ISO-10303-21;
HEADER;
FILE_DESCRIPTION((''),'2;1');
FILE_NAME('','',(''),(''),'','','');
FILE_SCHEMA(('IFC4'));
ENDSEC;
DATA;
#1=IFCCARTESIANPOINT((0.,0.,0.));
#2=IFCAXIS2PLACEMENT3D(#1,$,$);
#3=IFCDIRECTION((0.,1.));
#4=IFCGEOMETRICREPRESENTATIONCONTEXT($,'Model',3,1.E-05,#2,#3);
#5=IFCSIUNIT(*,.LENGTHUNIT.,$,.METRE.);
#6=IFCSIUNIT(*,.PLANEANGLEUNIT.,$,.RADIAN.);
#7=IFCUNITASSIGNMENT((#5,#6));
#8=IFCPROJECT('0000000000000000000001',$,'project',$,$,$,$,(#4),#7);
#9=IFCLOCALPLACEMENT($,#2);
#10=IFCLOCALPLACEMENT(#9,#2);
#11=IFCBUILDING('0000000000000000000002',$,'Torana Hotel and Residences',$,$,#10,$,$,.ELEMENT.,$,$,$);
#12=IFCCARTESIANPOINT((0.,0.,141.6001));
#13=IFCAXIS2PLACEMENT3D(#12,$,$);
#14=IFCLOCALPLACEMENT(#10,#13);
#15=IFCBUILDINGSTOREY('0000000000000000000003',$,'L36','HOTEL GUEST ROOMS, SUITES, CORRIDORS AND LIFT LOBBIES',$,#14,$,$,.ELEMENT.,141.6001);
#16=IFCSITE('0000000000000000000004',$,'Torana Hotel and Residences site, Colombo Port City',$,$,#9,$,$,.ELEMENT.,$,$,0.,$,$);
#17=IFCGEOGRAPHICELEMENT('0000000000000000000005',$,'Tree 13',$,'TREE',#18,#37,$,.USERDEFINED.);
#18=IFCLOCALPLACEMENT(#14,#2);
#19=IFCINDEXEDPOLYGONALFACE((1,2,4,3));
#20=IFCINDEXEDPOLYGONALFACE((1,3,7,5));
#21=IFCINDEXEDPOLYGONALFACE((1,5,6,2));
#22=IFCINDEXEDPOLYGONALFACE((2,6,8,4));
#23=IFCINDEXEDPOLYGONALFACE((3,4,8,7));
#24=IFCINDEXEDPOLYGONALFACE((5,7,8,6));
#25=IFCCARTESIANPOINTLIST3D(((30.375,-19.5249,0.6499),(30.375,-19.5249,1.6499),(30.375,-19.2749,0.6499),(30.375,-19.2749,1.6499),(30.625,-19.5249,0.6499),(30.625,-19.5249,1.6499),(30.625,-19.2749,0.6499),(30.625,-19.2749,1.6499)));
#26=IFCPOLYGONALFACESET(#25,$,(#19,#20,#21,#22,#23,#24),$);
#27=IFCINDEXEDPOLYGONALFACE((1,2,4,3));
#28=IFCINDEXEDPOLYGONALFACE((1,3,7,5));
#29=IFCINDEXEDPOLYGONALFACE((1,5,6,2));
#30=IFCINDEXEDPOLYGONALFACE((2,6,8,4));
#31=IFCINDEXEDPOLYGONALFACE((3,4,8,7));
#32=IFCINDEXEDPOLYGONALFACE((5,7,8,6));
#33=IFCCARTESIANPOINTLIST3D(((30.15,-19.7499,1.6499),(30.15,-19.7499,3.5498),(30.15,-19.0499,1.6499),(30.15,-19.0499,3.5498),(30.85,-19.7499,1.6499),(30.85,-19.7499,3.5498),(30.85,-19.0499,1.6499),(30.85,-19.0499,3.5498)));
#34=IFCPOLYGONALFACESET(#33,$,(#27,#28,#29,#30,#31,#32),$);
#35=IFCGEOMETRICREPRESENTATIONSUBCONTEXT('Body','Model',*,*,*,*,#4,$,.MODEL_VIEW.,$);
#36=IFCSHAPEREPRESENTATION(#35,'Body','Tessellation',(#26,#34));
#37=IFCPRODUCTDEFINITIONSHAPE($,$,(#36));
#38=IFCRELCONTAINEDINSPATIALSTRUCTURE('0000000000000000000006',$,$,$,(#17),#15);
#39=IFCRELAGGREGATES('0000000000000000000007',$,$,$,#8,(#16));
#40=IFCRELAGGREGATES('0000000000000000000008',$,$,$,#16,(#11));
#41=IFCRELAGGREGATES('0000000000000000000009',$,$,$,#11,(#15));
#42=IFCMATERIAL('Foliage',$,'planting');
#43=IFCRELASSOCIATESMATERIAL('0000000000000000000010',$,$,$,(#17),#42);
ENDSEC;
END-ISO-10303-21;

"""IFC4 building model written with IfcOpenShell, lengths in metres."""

from ifc_helpers import new_model, si_unit, direction, frame, origin, origin_2d, place, context, subcontext, project, spatial, rectangle, extrude, material, element, save


model = new_model("IFC4")

# Units and contexts
model_context = context("Model", 3, precision=1e-05, world=origin(), true_north=direction((0.0, 1.0)))
body_context = subcontext(model_context, "Body", "Model", "MODEL_VIEW")
ifc_project = project(units=[si_unit("LENGTHUNIT", "METRE"), si_unit("PLANEANGLEUNIT", "RADIAN")], contexts=[model_context])

# Site, building, storey
site_placement = place(None, origin())
site = spatial("IfcSite", under=ifc_project, at=site_placement, Name="Torana Hotel and Residences site, Colombo Port City", CompositionType="ELEMENT", RefElevation=0.0)
building_placement = place(site_placement, origin())
building = spatial("IfcBuilding", under=site, at=building_placement, Name="Torana Hotel and Residences", CompositionType="ELEMENT")
storey_placement = place(building_placement, frame((0.0, 0.0, 141.6001)))
storey = spatial("IfcBuildingStorey", under=building, at=storey_placement, Name="L36", Description="HOTEL GUEST ROOMS, SUITES, CORRIDORS AND LIFT LOBBIES", CompositionType="ELEMENT", Elevation=141.6001)

# Geographic element
ifc_material_1 = material(Name="Foliage", Category="planting")
geographic_element_placement = place(storey_placement, frame((30.5, -19.3999, 0.6499), z_axis=(0.0, 0.0, 1.0), x_axis=(1.0, 0.0, 0.0)))
element("IfcGeographicElement", 1, at=geographic_element_placement, inside=storey, material=ifc_material_1, Name="Tree 13", ObjectType="TREE", PredefinedType="USERDEFINED", context=body_context, shape_type="SweptSolid", body=[
    extrude(rectangle(XDim=0.25, YDim=0.25, at=origin_2d()), origin(), (0.0, 0.0, 1.0), 1.0),
    extrude(rectangle(XDim=0.7, YDim=0.7, at=origin_2d()), frame((0.0, 0.0, 1.0)), (0.0, 0.0, 1.0), 1.8999),
])

save(model, "model.ifc")
